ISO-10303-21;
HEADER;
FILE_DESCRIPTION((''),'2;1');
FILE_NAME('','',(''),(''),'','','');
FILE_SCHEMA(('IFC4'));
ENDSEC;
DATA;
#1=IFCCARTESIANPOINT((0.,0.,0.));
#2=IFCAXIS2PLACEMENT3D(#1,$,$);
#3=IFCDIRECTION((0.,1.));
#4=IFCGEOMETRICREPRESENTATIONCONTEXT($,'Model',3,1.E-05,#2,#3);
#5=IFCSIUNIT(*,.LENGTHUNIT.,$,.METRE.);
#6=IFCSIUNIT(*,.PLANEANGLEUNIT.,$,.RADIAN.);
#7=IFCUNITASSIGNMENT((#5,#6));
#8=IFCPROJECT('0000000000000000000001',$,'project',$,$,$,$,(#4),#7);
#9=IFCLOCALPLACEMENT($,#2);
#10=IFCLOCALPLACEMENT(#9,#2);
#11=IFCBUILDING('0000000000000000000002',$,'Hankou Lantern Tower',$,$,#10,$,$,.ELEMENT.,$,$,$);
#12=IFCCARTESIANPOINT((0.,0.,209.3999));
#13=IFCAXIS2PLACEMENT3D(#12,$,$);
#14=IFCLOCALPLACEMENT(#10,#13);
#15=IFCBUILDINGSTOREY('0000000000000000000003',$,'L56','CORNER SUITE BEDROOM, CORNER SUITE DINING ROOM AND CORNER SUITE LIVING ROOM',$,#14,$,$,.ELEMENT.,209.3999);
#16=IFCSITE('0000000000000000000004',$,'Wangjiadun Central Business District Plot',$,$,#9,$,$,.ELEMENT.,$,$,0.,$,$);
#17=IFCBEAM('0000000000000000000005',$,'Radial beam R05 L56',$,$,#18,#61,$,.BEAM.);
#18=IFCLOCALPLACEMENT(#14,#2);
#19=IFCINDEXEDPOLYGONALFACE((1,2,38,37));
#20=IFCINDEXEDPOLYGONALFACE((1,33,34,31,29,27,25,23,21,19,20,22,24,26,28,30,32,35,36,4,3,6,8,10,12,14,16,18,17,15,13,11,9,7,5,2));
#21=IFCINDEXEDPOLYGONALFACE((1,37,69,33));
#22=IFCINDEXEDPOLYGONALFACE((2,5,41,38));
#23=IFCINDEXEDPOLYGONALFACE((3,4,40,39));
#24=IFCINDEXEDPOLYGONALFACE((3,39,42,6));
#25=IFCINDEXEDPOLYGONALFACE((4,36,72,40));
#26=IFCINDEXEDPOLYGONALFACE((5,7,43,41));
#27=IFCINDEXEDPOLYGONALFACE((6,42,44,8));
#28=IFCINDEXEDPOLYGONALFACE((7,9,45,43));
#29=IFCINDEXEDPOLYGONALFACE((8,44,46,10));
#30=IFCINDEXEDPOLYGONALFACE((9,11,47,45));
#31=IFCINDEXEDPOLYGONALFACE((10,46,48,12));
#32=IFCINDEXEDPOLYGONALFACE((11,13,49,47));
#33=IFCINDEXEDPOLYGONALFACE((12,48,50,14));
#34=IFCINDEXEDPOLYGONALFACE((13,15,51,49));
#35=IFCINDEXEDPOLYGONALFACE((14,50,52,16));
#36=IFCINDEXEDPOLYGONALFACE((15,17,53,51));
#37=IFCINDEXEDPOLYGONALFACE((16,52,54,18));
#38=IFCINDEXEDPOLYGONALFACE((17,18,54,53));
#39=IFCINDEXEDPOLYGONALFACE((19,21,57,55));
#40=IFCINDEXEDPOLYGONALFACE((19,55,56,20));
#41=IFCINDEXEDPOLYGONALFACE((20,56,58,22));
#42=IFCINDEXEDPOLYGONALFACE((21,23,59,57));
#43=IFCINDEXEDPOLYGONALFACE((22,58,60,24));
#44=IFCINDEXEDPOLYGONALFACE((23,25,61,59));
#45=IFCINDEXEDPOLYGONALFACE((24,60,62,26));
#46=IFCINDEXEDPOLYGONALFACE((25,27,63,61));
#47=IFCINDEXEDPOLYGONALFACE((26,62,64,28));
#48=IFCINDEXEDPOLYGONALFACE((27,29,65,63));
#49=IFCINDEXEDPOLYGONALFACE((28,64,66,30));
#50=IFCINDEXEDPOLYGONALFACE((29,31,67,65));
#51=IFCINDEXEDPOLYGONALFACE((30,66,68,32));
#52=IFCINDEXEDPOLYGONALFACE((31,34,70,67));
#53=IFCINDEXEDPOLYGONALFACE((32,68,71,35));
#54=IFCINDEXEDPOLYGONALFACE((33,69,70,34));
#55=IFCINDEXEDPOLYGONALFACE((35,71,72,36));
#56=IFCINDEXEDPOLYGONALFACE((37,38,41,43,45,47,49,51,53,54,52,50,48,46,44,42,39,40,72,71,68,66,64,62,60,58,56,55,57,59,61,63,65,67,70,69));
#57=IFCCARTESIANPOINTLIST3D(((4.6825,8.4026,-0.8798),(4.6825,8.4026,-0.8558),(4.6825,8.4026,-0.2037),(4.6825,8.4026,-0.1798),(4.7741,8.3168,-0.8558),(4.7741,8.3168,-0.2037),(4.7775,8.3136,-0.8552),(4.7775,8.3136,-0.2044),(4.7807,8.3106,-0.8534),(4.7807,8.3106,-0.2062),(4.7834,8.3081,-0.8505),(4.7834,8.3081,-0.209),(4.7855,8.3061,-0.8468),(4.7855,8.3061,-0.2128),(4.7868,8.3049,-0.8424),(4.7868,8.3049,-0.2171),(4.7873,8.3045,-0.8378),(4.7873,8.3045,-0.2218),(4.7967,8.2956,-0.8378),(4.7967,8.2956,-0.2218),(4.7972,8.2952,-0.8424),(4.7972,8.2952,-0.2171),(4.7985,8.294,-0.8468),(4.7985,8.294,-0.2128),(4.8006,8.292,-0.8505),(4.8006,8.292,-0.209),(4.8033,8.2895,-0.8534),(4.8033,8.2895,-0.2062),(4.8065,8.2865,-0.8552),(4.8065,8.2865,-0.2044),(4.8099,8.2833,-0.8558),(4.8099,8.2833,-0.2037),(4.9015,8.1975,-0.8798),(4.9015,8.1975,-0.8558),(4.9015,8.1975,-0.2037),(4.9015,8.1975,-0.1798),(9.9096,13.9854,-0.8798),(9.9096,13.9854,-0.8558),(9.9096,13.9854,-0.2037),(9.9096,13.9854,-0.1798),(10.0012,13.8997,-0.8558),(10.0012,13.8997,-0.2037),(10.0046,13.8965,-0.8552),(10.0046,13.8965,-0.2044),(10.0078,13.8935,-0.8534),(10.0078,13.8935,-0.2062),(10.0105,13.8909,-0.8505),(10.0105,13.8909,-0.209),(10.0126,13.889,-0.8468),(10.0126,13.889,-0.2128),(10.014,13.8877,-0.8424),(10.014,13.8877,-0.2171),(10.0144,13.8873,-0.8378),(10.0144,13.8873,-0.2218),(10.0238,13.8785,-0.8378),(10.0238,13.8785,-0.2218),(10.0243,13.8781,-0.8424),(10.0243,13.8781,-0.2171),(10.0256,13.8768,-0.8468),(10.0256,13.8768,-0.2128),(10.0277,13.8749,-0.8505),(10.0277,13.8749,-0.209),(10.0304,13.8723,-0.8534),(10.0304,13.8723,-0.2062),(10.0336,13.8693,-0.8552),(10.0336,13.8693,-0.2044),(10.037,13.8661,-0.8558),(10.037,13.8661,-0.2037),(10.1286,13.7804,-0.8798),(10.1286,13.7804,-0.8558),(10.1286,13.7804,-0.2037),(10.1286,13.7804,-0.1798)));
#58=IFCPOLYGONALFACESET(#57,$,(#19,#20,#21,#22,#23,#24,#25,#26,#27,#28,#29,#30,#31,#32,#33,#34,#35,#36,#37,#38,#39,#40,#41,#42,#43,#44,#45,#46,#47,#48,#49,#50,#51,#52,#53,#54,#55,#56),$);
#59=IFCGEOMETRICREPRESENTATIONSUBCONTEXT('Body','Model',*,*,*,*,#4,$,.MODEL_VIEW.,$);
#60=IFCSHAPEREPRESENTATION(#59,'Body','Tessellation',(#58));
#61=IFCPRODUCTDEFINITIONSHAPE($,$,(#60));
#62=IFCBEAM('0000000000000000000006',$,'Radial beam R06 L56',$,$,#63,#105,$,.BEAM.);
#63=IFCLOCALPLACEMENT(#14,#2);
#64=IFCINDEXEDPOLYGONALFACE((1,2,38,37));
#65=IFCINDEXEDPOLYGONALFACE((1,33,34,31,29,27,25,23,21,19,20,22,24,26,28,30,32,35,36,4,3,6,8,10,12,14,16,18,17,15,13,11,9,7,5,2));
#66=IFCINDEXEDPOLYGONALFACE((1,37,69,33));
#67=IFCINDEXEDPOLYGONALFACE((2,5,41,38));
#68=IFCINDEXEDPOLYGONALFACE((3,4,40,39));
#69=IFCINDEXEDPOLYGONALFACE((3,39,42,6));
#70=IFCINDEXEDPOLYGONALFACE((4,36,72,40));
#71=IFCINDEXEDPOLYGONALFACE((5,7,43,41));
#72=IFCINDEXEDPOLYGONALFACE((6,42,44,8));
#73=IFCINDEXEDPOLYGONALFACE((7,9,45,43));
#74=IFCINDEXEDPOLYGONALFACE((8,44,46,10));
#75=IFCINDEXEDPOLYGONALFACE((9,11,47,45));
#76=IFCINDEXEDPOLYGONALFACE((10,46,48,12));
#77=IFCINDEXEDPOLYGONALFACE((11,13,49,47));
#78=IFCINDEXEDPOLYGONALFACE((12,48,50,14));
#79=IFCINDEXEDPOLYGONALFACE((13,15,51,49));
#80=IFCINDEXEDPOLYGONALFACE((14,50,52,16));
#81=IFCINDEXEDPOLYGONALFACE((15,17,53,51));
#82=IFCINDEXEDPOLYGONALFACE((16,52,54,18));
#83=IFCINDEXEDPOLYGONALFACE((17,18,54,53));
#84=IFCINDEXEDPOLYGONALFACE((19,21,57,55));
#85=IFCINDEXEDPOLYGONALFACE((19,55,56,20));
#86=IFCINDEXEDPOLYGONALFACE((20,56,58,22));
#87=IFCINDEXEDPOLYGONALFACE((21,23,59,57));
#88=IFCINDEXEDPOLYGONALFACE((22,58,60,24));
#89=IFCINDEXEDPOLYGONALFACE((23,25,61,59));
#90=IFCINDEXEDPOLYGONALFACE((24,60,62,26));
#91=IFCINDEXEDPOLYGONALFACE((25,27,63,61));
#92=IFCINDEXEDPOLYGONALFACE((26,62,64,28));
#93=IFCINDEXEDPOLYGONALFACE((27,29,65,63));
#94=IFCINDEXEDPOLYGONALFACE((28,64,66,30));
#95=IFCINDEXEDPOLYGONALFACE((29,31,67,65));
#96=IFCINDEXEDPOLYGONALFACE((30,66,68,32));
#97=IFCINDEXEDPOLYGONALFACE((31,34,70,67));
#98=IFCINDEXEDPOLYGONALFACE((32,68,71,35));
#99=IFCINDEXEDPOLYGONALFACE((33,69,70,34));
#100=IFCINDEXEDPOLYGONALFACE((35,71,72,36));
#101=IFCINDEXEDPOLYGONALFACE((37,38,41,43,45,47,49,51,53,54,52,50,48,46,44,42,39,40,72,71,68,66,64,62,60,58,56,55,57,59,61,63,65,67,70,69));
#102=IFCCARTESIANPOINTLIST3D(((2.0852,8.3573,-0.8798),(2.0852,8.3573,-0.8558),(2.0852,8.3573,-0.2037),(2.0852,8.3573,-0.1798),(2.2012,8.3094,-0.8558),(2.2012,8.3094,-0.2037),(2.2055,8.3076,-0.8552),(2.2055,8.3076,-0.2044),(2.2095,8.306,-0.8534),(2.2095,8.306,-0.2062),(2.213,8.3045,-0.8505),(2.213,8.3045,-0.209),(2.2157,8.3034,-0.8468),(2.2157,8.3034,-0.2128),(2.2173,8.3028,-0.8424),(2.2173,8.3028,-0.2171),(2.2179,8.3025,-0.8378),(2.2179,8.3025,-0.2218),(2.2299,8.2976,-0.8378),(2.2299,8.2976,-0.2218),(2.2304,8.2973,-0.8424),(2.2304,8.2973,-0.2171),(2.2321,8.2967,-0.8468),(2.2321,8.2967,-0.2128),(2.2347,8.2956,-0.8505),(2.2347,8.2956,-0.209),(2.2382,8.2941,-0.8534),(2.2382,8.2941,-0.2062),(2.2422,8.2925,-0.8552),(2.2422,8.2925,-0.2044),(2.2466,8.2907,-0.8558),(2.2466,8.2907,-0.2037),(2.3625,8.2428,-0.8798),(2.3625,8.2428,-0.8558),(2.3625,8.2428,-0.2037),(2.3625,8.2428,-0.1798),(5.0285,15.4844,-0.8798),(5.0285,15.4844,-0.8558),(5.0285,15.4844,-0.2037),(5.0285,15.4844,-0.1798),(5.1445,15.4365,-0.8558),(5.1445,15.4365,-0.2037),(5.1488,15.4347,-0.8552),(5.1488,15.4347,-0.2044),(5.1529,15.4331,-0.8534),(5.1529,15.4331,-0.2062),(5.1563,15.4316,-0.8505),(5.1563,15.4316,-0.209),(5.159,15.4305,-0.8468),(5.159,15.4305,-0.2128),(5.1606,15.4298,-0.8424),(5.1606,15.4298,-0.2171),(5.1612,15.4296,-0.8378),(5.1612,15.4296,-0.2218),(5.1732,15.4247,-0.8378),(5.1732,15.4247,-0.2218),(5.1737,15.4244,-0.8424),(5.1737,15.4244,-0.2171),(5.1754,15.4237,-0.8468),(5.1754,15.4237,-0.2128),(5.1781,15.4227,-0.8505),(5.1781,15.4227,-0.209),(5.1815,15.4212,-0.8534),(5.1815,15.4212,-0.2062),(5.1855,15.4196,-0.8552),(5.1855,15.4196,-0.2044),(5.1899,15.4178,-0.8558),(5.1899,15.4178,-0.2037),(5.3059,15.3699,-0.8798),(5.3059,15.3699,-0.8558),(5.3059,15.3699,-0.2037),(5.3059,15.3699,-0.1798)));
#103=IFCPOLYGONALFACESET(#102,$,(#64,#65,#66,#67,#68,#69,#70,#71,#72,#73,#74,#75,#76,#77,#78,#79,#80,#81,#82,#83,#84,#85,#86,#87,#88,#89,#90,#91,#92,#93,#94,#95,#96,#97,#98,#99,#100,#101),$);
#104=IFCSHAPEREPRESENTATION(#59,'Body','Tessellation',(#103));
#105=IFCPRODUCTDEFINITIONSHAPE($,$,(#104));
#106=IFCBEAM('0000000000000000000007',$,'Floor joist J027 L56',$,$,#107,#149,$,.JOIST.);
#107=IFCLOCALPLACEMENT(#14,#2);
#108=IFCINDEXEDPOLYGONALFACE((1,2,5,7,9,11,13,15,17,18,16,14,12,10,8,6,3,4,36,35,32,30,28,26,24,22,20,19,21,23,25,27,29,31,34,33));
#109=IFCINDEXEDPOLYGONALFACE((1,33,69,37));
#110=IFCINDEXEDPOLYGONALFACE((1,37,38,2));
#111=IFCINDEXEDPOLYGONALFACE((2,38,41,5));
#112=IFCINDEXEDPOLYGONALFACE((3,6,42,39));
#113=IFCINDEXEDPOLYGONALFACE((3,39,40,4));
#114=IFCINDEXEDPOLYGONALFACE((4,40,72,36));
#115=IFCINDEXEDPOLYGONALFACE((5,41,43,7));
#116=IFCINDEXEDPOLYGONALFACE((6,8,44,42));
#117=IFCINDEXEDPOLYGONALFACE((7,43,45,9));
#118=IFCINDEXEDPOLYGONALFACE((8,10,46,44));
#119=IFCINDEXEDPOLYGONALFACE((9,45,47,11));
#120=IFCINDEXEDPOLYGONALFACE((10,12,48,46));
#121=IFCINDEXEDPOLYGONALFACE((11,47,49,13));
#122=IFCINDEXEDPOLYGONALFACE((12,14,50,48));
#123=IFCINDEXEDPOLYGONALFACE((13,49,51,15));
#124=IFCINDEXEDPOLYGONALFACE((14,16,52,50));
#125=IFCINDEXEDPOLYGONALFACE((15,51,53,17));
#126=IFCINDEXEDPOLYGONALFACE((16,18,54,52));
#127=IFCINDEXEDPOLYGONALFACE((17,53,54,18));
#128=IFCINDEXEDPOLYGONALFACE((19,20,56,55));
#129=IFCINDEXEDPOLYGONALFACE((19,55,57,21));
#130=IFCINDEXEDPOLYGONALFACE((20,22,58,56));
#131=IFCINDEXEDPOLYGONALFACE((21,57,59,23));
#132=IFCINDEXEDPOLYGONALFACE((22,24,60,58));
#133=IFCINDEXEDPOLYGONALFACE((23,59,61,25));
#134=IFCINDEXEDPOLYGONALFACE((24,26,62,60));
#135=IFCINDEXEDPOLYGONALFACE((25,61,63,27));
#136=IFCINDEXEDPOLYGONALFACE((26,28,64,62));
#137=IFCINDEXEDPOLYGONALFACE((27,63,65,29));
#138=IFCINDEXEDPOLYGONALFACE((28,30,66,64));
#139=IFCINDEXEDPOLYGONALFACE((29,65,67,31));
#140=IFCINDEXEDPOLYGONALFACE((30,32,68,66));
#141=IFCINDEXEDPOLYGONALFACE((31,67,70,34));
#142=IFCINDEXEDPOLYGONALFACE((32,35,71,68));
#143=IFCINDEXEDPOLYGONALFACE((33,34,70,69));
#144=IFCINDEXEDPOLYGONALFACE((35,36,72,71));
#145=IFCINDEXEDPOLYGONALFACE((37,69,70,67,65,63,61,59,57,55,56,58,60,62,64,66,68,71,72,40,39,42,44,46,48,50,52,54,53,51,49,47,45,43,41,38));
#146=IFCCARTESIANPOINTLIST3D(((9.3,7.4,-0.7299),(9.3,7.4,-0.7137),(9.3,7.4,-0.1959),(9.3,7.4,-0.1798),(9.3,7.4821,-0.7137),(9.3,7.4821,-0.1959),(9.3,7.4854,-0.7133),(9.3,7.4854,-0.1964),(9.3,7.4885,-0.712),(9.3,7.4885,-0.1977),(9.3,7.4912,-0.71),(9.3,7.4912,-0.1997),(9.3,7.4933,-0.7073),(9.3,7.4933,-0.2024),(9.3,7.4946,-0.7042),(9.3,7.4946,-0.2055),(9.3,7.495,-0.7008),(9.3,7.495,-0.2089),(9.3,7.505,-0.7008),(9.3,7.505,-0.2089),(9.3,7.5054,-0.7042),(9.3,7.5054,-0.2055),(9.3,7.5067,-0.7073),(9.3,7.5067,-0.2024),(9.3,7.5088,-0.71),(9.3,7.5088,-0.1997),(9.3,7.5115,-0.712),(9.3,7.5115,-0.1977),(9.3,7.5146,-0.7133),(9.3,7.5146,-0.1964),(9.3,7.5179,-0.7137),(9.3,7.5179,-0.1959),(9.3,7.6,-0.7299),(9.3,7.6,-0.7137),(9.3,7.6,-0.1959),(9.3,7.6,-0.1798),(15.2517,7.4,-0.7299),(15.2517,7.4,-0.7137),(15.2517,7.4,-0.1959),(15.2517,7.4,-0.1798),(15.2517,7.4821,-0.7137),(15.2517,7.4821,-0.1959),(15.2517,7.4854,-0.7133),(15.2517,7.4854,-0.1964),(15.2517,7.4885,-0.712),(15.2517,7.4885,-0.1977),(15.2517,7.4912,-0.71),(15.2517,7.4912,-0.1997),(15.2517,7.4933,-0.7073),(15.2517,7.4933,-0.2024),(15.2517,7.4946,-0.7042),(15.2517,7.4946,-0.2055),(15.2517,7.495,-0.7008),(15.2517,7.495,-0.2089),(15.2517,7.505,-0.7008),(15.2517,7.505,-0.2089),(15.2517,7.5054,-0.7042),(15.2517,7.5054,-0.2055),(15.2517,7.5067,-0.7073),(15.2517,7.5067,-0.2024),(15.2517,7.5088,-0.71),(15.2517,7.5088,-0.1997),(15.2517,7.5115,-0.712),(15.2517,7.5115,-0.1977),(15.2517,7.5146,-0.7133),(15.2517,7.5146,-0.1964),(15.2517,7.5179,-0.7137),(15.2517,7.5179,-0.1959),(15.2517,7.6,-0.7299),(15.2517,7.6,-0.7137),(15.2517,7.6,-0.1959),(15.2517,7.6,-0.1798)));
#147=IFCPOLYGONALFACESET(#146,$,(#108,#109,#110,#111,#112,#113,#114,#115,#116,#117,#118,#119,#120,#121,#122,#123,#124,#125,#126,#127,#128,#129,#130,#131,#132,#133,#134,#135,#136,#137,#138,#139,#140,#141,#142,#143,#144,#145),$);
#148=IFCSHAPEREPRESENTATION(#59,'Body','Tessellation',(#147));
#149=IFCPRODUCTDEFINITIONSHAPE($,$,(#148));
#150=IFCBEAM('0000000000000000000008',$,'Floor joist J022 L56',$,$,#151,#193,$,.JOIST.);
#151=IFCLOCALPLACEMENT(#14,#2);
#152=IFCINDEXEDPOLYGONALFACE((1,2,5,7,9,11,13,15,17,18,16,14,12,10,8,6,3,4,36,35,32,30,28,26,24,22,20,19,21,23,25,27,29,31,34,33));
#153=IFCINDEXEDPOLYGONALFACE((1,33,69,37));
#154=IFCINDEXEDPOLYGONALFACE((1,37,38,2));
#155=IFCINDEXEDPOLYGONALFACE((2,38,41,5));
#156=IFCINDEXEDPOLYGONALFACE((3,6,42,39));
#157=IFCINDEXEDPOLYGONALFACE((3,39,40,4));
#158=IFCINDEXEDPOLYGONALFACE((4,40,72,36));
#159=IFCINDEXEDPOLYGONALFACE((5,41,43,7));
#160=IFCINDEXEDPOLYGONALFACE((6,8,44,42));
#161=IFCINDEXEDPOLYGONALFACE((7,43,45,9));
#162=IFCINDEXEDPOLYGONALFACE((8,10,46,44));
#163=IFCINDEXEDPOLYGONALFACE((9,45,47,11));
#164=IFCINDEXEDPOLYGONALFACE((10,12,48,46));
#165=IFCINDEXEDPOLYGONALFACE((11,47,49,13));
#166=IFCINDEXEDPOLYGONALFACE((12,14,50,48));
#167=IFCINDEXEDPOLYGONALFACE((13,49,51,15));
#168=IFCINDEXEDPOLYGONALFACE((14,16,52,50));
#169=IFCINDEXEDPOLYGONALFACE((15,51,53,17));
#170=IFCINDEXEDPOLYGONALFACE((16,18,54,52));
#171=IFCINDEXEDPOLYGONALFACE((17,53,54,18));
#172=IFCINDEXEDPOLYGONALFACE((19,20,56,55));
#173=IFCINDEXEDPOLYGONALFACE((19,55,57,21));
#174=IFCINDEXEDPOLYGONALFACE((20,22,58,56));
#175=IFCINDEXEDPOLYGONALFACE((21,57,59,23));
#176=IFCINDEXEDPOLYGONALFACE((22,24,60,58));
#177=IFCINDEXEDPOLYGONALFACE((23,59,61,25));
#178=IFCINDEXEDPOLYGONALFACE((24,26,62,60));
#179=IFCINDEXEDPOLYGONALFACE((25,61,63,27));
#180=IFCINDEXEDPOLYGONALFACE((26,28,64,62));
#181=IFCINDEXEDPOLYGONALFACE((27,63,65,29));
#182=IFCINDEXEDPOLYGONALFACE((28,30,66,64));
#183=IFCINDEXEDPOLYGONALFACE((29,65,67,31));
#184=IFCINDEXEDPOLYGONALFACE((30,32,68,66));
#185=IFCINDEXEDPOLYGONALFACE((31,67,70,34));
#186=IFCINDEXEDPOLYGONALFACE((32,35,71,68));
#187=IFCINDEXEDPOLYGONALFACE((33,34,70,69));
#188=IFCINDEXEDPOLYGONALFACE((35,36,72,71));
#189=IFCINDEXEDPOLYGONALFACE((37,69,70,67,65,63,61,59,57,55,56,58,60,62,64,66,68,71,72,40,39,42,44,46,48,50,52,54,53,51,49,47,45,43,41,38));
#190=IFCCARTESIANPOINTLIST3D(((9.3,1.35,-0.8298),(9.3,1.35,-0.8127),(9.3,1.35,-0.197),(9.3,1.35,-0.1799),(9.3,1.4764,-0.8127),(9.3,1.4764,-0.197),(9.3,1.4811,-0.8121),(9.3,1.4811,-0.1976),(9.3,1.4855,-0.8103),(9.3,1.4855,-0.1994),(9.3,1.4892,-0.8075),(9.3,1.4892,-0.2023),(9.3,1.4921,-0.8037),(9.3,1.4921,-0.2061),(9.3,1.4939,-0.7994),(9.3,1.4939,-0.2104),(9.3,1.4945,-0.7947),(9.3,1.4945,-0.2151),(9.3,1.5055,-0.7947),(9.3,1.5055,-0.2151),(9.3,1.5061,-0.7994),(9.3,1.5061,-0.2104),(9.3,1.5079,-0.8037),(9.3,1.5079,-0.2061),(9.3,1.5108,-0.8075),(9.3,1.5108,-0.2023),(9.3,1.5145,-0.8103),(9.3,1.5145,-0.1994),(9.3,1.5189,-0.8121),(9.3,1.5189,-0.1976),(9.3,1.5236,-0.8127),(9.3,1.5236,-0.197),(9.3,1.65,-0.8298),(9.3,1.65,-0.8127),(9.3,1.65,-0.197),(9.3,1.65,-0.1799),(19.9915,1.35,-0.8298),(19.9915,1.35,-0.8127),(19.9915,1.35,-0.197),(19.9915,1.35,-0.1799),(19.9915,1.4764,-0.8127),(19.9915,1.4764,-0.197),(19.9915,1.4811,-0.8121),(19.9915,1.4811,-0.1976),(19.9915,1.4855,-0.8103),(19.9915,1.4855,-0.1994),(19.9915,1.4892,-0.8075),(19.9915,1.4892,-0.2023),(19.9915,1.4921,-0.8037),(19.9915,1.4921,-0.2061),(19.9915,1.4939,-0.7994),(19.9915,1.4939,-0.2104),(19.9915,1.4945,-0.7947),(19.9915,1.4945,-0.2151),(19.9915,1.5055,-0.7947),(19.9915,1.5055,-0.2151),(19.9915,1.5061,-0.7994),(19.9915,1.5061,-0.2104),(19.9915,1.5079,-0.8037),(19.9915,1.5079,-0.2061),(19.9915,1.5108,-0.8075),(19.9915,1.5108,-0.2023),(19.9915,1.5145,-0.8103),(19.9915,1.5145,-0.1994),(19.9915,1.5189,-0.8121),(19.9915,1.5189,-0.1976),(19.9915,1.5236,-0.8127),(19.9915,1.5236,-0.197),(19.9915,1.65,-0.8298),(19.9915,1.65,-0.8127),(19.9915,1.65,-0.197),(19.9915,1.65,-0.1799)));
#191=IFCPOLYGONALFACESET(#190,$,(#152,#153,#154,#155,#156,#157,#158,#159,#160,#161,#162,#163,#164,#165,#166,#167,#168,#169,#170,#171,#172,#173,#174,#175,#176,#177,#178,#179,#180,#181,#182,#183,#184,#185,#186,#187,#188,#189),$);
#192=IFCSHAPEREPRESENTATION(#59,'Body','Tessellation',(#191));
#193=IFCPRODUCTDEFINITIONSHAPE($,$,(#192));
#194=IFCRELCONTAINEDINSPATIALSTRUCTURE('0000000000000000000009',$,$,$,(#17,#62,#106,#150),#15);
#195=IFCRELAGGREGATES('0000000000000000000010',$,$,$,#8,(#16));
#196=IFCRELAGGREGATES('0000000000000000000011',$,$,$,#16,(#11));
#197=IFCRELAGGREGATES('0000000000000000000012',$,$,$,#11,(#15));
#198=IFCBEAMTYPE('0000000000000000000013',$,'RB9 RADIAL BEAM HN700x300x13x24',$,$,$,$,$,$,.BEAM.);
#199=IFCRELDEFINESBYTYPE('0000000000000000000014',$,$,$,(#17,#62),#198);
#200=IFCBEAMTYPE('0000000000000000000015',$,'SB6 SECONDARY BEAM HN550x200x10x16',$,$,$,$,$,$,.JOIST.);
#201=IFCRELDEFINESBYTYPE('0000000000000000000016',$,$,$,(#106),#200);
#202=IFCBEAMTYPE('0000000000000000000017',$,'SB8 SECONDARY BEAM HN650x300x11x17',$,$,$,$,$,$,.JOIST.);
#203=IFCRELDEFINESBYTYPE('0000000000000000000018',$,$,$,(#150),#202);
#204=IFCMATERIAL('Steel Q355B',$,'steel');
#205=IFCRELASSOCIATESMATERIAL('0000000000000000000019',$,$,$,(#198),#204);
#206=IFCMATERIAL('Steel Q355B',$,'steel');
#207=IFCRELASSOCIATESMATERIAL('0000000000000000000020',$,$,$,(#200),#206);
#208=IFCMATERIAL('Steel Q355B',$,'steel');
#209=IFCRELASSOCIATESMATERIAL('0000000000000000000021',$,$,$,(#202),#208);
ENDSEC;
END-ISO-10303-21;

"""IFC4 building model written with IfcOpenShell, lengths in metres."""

from ifc_helpers import new_model, si_unit, direction, frame, origin, origin_2d, place, context, subcontext, project, spatial, i_section, extrude, material, material_profile, profile_set, type_object, element, save


model = new_model("IFC4")

# Units and contexts
model_context = context("Model", 3, precision=1e-05, world=origin(), true_north=direction((0.0, 1.0)))
body_context = subcontext(model_context, "Body", "Model", "MODEL_VIEW")
ifc_project = project(units=[si_unit("LENGTHUNIT", "METRE"), si_unit("PLANEANGLEUNIT", "RADIAN")], contexts=[model_context])

# Site, building, storey
site_placement = place(None, origin())
site = spatial("IfcSite", under=ifc_project, at=site_placement, Name="Wangjiadun Central Business District Plot", CompositionType="ELEMENT", RefElevation=0.0)
building_placement = place(site_placement, origin())
building = spatial("IfcBuilding", under=site, at=building_placement, Name="Hankou Lantern Tower", CompositionType="ELEMENT")
storey_placement = place(building_placement, frame((0.0, 0.0, 209.3999)))
storey = spatial("IfcBuildingStorey", under=building, at=storey_placement, Name="L56", Description="CORNER SUITE BEDROOM, CORNER SUITE DINING ROOM AND CORNER SUITE LIVING ROOM", CompositionType="ELEMENT", Elevation=209.3999)

# Beams
ifc_material_1 = material(Name="Steel Q355B", Category="steel")
ifc_material_profile_1 = material_profile(ifc_material_1, i_section(OverallWidth=0.3, OverallDepth=0.7, WebThickness=0.0129, FlangeThickness=0.0239, FilletRadius=0.0181, at=origin_2d()), Name="HN700x300x13x24")
ifc_profile_set_1 = profile_set([ifc_material_profile_1], Name="Steel Q355B")
beam_type_1 = type_object("IfcBeamType", Name="RB9 RADIAL BEAM HN700x300x13x24", PredefinedType="BEAM", material=ifc_profile_set_1)
beam_1_placement = place(storey_placement, frame((4.792, 8.3, -0.5298), z_axis=(0.683468, 0.72998, 0.0), x_axis=(-0.72998, 0.683468, 0.0)))
element("IfcBeam", 1, at=beam_1_placement, inside=storey, type_object=beam_type_1, Name="Radial beam R05 L56", PredefinedType="BEAM", context=body_context, shape_type="SweptSolid", body=[
    extrude(i_section(OverallWidth=0.3, OverallDepth=0.7, WebThickness=0.0129, FlangeThickness=0.0239, FilletRadius=0.0181, at=origin_2d()), origin(), (0.0, 0.0, 1.0), 7.6479),
])
beam_2_placement = place(storey_placement, frame((2.2239, 8.3, -0.5298), z_axis=(0.381707, 0.924284, 0.0), x_axis=(-0.924284, 0.381707, 0.0)))
element("IfcBeam", 2, at=beam_2_placement, inside=storey, type_object=beam_type_1, Name="Radial beam R06 L56", PredefinedType="BEAM", context=body_context, shape_type="SweptSolid", body=[
    extrude(i_section(OverallWidth=0.3, OverallDepth=0.7, WebThickness=0.0129, FlangeThickness=0.0239, FilletRadius=0.0181, at=origin_2d()), origin(), (0.0, 0.0, 1.0), 7.7109),
])
ifc_material_2 = material(Name="Steel Q355B", Category="steel")
ifc_material_profile_2 = material_profile(ifc_material_2, i_section(OverallWidth=0.2, OverallDepth=0.55, WebThickness=0.01, FlangeThickness=0.0161, FilletRadius=0.0129, at=origin_2d()), Name="HN550x200x10x16")
ifc_profile_set_2 = profile_set([ifc_material_profile_2], Name="Steel Q355B")
beam_type_2 = type_object("IfcBeamType", Name="SB6 SECONDARY BEAM HN550x200x10x16", PredefinedType="JOIST", material=ifc_profile_set_2)
beam_3_placement = place(storey_placement, frame((9.3, 7.5, -0.4548), z_axis=(1.0, 0.0, 0.0), x_axis=(0.0, 1.0, 0.0)))
element("IfcBeam", 3, at=beam_3_placement, inside=storey, type_object=beam_type_2, Name="Floor joist J027 L56", PredefinedType="JOIST", context=body_context, shape_type="SweptSolid", body=[
    extrude(i_section(OverallWidth=0.2, OverallDepth=0.55, WebThickness=0.01, FlangeThickness=0.0161, FilletRadius=0.0129, at=origin_2d()), origin(), (0.0, 0.0, 1.0), 5.9517),
])
ifc_material_3 = material(Name="Steel Q355B", Category="steel")
ifc_material_profile_3 = material_profile(ifc_material_3, i_section(OverallWidth=0.3, OverallDepth=0.6499, WebThickness=0.011, FlangeThickness=0.0171, FilletRadius=0.0181, at=origin_2d()), Name="HN650x300x11x17")
ifc_profile_set_3 = profile_set([ifc_material_profile_3], Name="Steel Q355B")
beam_type_3 = type_object("IfcBeamType", Name="SB8 SECONDARY BEAM HN650x300x11x17", PredefinedType="JOIST", material=ifc_profile_set_3)
beam_4_placement = place(storey_placement, frame((9.3, 1.5, -0.5049), z_axis=(1.0, 0.0, 0.0), x_axis=(0.0, 1.0, 0.0)))
element("IfcBeam", 4, at=beam_4_placement, inside=storey, type_object=beam_type_3, Name="Floor joist J022 L56", PredefinedType="JOIST", context=body_context, shape_type="SweptSolid", body=[
    extrude(i_section(OverallWidth=0.3, OverallDepth=0.6499, WebThickness=0.011, FlangeThickness=0.0171, FilletRadius=0.0181, at=origin_2d()), origin(), (0.0, 0.0, 1.0), 10.6914),
])

save(model, "model.ifc")
